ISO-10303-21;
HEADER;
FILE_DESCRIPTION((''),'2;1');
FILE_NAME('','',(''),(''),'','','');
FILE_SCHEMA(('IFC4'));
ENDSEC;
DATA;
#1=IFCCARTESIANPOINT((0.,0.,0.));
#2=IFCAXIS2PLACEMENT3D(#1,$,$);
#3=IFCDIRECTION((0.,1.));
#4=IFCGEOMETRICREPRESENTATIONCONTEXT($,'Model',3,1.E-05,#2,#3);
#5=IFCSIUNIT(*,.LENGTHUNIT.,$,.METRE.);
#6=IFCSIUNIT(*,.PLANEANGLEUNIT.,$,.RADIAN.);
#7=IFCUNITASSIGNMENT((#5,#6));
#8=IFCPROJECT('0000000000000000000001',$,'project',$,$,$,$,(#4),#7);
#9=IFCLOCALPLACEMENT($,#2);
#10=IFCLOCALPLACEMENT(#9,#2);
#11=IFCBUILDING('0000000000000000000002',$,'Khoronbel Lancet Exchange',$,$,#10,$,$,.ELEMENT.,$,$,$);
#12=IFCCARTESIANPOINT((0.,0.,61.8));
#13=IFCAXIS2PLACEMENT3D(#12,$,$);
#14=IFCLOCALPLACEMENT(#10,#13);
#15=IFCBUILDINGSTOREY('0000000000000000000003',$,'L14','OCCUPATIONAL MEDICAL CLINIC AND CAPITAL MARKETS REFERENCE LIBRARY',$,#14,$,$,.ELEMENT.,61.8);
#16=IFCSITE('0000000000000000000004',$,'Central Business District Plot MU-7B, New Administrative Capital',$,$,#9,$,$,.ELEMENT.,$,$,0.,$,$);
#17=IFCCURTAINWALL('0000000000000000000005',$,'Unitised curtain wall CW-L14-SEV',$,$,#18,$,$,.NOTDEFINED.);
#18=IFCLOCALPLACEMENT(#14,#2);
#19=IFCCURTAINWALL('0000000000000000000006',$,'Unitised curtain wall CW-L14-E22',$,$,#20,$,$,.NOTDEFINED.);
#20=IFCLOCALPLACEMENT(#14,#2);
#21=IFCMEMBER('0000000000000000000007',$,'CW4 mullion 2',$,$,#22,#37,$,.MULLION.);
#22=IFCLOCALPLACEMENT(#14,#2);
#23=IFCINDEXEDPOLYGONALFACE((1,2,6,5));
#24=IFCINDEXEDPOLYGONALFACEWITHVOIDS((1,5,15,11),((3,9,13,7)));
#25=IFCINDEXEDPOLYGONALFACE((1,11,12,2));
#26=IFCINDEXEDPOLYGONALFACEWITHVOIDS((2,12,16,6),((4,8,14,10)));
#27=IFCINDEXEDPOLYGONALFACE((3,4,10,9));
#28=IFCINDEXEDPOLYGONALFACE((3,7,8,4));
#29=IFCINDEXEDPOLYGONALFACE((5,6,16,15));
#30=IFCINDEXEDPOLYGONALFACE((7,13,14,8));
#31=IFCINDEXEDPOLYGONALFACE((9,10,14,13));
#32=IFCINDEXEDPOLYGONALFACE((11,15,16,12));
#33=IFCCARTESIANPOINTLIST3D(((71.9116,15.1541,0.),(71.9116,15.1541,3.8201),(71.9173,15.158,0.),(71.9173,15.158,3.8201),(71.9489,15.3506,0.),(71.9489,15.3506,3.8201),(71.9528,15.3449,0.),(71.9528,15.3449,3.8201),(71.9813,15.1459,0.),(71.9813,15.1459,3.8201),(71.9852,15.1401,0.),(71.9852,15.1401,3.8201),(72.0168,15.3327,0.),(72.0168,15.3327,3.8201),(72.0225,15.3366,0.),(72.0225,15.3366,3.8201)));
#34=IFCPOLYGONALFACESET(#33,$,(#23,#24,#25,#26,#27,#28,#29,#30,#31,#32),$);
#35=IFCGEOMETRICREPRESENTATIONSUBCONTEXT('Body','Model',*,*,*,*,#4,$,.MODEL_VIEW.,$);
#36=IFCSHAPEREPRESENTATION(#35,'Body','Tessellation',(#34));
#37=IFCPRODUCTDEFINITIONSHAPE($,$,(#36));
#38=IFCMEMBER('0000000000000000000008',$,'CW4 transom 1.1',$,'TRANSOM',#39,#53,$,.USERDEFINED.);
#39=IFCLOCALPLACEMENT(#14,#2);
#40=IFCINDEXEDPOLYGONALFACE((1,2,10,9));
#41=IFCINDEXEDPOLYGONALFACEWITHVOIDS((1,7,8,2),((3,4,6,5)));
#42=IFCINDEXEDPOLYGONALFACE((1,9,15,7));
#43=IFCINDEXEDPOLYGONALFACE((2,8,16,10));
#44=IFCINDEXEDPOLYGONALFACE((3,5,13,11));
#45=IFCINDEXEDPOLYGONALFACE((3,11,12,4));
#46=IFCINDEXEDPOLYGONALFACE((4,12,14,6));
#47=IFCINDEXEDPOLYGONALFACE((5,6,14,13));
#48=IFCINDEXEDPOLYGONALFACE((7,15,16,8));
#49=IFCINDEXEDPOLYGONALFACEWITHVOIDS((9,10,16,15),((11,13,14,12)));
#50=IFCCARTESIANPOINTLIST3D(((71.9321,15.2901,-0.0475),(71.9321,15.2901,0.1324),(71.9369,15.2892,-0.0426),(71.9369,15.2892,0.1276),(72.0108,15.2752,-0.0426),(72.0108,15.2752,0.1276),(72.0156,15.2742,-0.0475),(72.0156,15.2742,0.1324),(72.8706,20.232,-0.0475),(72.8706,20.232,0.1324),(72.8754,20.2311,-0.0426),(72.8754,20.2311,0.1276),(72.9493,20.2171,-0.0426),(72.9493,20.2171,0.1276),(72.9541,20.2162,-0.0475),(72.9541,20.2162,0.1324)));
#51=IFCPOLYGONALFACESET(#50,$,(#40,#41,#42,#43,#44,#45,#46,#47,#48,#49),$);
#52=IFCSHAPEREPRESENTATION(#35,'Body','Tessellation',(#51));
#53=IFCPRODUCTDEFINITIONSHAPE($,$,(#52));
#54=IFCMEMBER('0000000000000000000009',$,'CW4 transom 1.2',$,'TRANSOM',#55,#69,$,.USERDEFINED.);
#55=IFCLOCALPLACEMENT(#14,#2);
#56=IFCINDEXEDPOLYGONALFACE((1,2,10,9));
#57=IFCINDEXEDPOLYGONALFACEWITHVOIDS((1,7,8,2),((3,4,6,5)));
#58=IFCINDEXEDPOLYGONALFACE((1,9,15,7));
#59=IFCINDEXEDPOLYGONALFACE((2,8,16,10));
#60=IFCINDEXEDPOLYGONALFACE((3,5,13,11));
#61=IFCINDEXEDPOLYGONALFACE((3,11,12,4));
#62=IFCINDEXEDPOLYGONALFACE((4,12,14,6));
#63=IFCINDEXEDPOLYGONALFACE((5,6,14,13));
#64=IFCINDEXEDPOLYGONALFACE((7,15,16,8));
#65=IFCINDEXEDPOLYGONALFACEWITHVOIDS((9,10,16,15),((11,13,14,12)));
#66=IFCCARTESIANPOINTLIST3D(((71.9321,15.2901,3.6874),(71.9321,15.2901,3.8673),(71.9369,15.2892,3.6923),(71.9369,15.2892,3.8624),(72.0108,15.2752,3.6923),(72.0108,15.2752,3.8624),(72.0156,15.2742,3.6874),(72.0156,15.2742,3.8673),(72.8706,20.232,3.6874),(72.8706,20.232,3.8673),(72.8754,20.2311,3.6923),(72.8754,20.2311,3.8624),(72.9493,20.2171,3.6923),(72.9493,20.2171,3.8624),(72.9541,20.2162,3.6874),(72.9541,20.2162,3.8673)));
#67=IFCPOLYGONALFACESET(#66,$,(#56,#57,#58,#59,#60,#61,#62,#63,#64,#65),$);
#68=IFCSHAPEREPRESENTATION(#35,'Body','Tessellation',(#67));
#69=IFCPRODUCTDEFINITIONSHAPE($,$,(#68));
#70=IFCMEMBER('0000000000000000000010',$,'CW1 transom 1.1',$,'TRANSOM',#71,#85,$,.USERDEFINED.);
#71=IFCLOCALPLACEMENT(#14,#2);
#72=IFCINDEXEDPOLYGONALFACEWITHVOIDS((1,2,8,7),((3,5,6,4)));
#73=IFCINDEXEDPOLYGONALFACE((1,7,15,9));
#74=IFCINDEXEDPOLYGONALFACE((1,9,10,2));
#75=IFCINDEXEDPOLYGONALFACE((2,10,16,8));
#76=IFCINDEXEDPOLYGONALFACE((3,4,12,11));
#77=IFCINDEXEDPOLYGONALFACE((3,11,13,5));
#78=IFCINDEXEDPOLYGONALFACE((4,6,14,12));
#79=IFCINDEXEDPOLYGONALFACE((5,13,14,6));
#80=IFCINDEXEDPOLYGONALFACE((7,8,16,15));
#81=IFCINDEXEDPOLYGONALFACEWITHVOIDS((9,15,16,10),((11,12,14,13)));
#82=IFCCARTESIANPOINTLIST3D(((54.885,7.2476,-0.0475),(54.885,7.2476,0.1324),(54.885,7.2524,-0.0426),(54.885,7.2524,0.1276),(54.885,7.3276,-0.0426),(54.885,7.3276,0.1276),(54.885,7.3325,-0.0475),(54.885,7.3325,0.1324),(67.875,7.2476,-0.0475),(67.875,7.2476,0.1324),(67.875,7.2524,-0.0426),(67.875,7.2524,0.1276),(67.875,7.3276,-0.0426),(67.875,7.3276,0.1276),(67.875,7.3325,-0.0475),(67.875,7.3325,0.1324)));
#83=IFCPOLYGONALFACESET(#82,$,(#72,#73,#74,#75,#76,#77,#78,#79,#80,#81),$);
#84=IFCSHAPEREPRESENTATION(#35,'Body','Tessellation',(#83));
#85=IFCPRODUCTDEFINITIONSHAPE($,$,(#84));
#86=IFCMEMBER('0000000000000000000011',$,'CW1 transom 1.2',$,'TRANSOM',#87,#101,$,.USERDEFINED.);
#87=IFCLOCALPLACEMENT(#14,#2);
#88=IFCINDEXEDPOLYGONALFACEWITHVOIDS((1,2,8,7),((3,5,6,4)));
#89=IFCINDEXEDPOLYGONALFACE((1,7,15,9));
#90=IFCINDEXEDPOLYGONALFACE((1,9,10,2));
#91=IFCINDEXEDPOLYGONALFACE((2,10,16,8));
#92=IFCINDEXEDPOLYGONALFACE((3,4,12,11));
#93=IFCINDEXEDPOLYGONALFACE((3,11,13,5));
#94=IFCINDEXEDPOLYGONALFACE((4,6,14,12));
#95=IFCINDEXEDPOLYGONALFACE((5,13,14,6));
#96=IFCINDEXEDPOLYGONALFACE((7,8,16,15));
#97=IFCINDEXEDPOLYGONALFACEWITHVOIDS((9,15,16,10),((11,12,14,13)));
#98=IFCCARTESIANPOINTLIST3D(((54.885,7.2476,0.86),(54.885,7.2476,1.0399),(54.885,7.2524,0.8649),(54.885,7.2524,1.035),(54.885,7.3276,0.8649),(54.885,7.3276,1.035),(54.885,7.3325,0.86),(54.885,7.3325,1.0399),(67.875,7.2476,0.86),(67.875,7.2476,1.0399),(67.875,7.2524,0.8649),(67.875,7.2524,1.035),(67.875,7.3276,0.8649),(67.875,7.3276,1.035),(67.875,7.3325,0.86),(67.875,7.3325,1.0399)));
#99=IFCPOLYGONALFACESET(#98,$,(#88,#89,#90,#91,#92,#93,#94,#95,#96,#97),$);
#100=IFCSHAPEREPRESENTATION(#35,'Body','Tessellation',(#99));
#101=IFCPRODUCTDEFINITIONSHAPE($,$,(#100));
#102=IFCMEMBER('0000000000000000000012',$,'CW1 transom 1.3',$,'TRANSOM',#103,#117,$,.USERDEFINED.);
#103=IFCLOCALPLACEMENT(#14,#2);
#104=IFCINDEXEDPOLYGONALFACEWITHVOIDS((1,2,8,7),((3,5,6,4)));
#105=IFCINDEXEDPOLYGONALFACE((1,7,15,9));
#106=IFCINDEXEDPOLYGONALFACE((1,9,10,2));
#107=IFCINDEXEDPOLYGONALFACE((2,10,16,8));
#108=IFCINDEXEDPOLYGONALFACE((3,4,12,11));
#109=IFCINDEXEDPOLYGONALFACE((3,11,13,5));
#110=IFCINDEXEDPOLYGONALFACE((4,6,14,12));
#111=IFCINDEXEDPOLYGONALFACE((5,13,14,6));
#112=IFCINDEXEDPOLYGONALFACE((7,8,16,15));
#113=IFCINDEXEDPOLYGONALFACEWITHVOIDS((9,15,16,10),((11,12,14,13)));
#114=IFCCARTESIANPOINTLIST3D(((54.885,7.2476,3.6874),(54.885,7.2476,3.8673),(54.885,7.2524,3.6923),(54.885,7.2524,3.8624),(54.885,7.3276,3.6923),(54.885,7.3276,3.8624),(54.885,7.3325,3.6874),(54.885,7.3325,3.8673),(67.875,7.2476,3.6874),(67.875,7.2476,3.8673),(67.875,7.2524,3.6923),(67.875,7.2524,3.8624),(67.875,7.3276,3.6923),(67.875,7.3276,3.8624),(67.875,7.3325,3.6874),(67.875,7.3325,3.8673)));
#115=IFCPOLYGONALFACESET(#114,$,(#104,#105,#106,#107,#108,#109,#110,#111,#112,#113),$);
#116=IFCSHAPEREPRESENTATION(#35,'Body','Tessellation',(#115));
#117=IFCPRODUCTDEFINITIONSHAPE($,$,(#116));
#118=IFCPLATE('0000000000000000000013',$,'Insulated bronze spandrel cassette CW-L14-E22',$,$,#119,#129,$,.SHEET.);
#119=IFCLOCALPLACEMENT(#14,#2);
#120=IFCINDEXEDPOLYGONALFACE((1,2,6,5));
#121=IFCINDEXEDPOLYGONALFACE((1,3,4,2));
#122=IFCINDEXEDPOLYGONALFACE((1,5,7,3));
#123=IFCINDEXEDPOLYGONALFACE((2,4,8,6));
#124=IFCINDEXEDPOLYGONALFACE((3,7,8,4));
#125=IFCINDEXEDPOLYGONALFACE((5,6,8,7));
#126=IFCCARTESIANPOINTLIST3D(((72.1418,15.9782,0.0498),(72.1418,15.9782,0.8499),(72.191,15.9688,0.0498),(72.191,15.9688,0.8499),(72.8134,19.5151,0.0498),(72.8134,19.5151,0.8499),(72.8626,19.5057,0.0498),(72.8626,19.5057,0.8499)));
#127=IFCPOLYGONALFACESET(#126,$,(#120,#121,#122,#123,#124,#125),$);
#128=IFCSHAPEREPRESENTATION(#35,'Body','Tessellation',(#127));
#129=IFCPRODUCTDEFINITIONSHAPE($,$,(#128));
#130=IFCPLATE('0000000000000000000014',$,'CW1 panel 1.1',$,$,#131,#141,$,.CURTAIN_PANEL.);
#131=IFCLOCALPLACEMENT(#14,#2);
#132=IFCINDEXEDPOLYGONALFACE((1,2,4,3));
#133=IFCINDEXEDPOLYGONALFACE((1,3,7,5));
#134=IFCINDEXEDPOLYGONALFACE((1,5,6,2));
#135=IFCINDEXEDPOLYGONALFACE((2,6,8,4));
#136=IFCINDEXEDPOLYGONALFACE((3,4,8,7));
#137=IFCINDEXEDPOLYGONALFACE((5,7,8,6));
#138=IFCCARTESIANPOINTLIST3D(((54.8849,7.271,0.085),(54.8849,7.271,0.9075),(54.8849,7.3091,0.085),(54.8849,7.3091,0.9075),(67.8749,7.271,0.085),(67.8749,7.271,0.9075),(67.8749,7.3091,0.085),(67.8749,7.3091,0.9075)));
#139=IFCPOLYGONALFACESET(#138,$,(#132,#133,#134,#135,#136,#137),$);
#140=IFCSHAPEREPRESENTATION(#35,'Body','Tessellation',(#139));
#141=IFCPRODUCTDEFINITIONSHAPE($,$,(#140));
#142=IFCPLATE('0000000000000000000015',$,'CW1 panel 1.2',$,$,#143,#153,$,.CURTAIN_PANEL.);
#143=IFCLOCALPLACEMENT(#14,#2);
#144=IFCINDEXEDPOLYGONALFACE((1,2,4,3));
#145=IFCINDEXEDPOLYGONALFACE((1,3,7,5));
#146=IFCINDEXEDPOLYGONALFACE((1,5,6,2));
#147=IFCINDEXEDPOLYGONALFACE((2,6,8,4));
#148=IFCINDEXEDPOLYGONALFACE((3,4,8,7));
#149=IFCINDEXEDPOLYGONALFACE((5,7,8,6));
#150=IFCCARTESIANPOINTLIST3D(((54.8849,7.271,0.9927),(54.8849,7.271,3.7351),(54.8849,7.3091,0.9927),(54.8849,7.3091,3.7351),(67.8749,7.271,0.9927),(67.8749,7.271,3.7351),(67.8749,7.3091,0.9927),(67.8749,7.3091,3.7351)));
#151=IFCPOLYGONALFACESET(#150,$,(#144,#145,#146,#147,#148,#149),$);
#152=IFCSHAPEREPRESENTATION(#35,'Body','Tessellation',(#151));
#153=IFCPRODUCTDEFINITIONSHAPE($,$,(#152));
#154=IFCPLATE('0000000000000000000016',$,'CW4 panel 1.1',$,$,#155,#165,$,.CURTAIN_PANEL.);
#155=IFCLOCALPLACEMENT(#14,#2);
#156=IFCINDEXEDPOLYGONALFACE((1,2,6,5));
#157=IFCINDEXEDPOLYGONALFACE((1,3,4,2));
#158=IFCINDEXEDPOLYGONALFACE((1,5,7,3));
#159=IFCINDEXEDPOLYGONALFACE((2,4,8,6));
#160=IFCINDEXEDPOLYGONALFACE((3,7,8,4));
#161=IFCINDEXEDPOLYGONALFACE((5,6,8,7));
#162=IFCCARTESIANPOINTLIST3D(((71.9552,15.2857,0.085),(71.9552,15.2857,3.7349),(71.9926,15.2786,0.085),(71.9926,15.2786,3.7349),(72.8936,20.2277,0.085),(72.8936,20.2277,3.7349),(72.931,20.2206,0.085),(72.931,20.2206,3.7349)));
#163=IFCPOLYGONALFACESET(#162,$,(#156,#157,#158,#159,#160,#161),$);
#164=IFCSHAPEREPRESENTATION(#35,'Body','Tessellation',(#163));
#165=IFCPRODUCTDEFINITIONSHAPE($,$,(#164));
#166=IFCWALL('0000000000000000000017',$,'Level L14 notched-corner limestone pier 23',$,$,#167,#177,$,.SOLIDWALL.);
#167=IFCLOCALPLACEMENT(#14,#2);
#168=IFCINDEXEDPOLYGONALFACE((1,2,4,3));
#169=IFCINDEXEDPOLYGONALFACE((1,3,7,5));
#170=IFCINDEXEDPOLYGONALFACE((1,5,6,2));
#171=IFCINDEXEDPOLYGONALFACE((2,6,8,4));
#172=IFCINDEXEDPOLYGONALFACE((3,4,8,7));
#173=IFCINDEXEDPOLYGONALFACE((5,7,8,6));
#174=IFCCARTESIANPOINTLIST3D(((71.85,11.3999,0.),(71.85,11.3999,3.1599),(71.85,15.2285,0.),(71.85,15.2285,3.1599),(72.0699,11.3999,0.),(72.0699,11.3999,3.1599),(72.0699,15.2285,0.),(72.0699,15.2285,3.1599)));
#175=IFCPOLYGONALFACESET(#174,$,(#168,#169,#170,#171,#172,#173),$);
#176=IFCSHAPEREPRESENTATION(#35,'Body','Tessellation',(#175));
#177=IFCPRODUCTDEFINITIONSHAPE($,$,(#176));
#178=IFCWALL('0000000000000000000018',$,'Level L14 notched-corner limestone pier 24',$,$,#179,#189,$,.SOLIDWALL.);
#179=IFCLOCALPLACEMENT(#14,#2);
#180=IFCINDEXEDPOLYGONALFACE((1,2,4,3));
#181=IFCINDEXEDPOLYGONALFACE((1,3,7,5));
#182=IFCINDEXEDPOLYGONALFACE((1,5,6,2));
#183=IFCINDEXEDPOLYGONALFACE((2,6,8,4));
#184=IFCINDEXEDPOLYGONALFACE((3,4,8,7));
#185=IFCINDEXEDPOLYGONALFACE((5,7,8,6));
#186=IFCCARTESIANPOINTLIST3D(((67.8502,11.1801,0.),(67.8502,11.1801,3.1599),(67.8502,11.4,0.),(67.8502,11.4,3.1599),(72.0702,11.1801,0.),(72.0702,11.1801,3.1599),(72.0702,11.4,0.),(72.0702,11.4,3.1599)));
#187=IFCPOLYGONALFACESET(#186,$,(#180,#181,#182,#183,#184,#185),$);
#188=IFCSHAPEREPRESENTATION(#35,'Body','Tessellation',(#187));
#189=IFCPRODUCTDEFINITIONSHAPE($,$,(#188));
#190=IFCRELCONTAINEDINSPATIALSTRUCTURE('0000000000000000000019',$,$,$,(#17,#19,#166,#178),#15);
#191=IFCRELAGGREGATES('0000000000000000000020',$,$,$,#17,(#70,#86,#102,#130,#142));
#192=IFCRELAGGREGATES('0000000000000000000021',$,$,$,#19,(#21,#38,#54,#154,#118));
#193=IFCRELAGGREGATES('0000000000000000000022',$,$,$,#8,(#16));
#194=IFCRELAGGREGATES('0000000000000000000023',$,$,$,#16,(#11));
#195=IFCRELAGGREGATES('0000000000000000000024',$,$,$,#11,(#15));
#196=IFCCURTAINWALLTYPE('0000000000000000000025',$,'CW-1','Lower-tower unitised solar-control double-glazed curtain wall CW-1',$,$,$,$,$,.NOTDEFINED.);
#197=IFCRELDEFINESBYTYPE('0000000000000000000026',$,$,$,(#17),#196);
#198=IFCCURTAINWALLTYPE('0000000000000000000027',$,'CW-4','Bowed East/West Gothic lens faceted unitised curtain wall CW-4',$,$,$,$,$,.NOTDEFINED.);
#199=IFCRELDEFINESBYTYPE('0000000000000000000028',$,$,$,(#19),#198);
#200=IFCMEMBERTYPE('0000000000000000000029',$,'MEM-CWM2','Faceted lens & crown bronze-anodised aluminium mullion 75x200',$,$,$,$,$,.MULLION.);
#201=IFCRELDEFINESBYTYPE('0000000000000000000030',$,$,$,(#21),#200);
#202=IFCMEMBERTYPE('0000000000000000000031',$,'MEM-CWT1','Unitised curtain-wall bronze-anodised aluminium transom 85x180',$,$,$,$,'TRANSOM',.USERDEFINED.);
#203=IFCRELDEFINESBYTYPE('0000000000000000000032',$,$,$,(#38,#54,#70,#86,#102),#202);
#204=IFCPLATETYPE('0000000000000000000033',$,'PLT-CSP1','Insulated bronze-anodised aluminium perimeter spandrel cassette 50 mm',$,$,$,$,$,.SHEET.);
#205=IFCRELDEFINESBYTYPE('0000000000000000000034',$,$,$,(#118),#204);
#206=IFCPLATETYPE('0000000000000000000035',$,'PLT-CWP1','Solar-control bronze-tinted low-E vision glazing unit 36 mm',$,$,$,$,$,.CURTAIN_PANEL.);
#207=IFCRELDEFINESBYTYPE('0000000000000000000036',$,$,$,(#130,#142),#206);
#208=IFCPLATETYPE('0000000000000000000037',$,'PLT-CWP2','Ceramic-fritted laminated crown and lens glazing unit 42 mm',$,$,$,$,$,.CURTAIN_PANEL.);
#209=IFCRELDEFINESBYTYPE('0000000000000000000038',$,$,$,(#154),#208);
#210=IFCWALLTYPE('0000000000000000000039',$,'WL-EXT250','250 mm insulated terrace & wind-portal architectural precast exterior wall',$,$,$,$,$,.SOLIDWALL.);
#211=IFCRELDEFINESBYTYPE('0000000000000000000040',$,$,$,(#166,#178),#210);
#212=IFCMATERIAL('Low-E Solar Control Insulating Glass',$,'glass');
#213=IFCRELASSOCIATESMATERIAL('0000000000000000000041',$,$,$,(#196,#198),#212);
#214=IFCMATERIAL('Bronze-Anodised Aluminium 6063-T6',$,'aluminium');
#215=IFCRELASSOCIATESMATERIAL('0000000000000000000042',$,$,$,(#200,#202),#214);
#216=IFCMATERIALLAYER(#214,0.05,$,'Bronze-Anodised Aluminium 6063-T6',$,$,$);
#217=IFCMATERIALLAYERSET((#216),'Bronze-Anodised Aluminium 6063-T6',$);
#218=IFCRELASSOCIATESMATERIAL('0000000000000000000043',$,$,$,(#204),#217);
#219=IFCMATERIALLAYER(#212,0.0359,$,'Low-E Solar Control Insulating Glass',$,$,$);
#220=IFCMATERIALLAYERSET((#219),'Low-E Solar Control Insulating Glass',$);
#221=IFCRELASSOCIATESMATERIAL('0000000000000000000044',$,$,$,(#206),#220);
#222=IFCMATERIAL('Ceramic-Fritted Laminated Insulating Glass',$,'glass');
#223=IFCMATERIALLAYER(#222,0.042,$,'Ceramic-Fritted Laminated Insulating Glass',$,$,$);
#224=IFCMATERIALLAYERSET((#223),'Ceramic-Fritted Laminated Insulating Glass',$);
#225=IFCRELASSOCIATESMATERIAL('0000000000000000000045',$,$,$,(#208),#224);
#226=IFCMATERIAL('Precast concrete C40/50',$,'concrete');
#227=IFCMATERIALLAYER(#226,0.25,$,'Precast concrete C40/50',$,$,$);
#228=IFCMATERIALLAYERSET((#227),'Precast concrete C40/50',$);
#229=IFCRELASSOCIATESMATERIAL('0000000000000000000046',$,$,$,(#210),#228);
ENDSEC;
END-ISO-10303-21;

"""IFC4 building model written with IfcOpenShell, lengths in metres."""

from ifc_helpers import new_model, si_unit, direction, frame, frame_2d, origin, origin_2d, place, context, subcontext, project, spatial, rectangle, hollow_rectangle, extrude, material, layer, layer_set, material_profile, profile_set, type_object, element, aggregate, save


model = new_model("IFC4")

# Units and contexts
model_context = context("Model", 3, precision=1e-05, world=origin(), true_north=direction((0.0, 1.0)))
body_context = subcontext(model_context, "Body", "Model", "MODEL_VIEW")
ifc_project = project(units=[si_unit("LENGTHUNIT", "METRE"), si_unit("PLANEANGLEUNIT", "RADIAN")], contexts=[model_context])

# Site, building, storey
site_placement = place(None, origin())
site = spatial("IfcSite", under=ifc_project, at=site_placement, Name="Central Business District Plot MU-7B, New Administrative Capital", CompositionType="ELEMENT", RefElevation=0.0)
building_placement = place(site_placement, origin())
building = spatial("IfcBuilding", under=site, at=building_placement, Name="Khoronbel Lancet Exchange", CompositionType="ELEMENT")
storey_placement = place(building_placement, frame((0.0, 0.0, 61.8)))
storey = spatial("IfcBuildingStorey", under=building, at=storey_placement, Name="L14", Description="OCCUPATIONAL MEDICAL CLINIC AND CAPITAL MARKETS REFERENCE LIBRARY", CompositionType="ELEMENT", Elevation=61.8)

# Shared definitions
ifc_material_1 = material(Name="Low-E Solar Control Insulating Glass", Category="glass")
curtain_wall_type_1 = type_object("IfcCurtainWallType", Name="CW-1", Description="Lower-tower unitised solar-control double-glazed curtain wall CW-1", PredefinedType="NOTDEFINED", material=ifc_material_1)
ifc_material_2 = material(Name="Bronze-Anodised Aluminium 6063-T6", Category="aluminium")

# Curtain wall
curtain_wall_1_placement = place(storey_placement, origin())
curtain_wall_1 = element("IfcCurtainWall", 1, at=curtain_wall_1_placement, inside=storey, type_object=curtain_wall_type_1, Name="Unitised curtain wall CW-L14-SEV", PredefinedType="NOTDEFINED")

# Shared definitions
curtain_wall_type_2 = type_object("IfcCurtainWallType", Name="CW-4", Description="Bowed East/West Gothic lens faceted unitised curtain wall CW-4", PredefinedType="NOTDEFINED", material=ifc_material_1)
ifc_material_profile_1 = material_profile(ifc_material_2, hollow_rectangle(XDim=0.075, YDim=0.2, WallThickness=0.0049, at=origin_2d()), Name="ALU MULLION 75x200")
ifc_profile_set_1 = profile_set([ifc_material_profile_1], Name="Bronze-Anodised Aluminium 6063-T6")
member_type_1 = type_object("IfcMemberType", Name="MEM-CWM2", Description="Faceted lens & crown bronze-anodised aluminium mullion 75x200", PredefinedType="MULLION", material=ifc_profile_set_1)

# Curtain wall, members
curtain_wall_2_placement = place(storey_placement, origin())
curtain_wall_2 = element("IfcCurtainWall", 2, at=curtain_wall_2_placement, inside=storey, type_object=curtain_wall_type_2, Name="Unitised curtain wall CW-L14-E22", PredefinedType="NOTDEFINED")
member_1_placement = place(storey_placement, frame((71.967, 15.2454, 0.0), z_axis=(0.0, 0.0, 1.0), x_axis=(0.982445, -0.186551, 0.0)))
member_1 = element("IfcMember", 3, at=member_1_placement, type_object=member_type_1, Name="CW4 mullion 2", PredefinedType="MULLION", context=body_context, shape_type="SweptSolid", body=[
    extrude(hollow_rectangle(XDim=0.075, YDim=0.2, WallThickness=0.0049, at=origin_2d()), origin(), (0.0, 0.0, 1.0), 3.8201),
])
ifc_material_profile_2 = material_profile(ifc_material_2, hollow_rectangle(XDim=0.085, YDim=0.1799, WallThickness=0.0049, at=origin_2d()), Name="ALU TRANSOM 85x180")
ifc_profile_set_2 = profile_set([ifc_material_profile_2], Name="Bronze-Anodised Aluminium 6063-T6")
member_type_2 = type_object("IfcMemberType", Name="MEM-CWT1", Description="Unitised curtain-wall bronze-anodised aluminium transom 85x180", ElementType="TRANSOM", PredefinedType="USERDEFINED", material=ifc_profile_set_2)
member_2_placement = place(storey_placement, frame((72.9124, 20.2241, 0.0425), z_axis=(-0.186568, -0.982442, 0.0), x_axis=(0.982442, -0.186568, 0.0)))
member_2 = element("IfcMember", 4, at=member_2_placement, type_object=member_type_2, Name="CW4 transom 1.1", ObjectType="TRANSOM", PredefinedType="USERDEFINED", context=body_context, shape_type="SweptSolid", body=[
    extrude(hollow_rectangle(XDim=0.085, YDim=0.1799, WallThickness=0.0049, at=origin_2d()), origin(), (0.0, 0.0, 1.0), 5.0303),
])
member_3_placement = place(storey_placement, frame((72.9124, 20.2241, 3.7773), z_axis=(-0.186568, -0.982442, 0.0), x_axis=(0.982442, -0.186568, 0.0)))
member_3 = element("IfcMember", 5, at=member_3_placement, type_object=member_type_2, Name="CW4 transom 1.2", ObjectType="TRANSOM", PredefinedType="USERDEFINED", context=body_context, shape_type="SweptSolid", body=[
    extrude(hollow_rectangle(XDim=0.085, YDim=0.1799, WallThickness=0.0049, at=origin_2d()), origin(), (0.0, 0.0, 1.0), 5.0303),
])

# Members
member_4_placement = place(storey_placement, frame((54.885, 7.29, 0.0425), z_axis=(1.0, 0.0, 0.0), x_axis=(0.0, 1.0, 0.0)))
member_4 = element("IfcMember", 6, at=member_4_placement, type_object=member_type_2, Name="CW1 transom 1.1", ObjectType="TRANSOM", PredefinedType="USERDEFINED", context=body_context, shape_type="SweptSolid", body=[
    extrude(hollow_rectangle(XDim=0.085, YDim=0.1799, WallThickness=0.0049, at=origin_2d()), origin(), (0.0, 0.0, 1.0), 12.99),
])
member_5_placement = place(storey_placement, frame((54.885, 7.29, 0.95), z_axis=(1.0, 0.0, 0.0), x_axis=(0.0, 1.0, 0.0)))
member_5 = element("IfcMember", 7, at=member_5_placement, type_object=member_type_2, Name="CW1 transom 1.2", ObjectType="TRANSOM", PredefinedType="USERDEFINED", context=body_context, shape_type="SweptSolid", body=[
    extrude(hollow_rectangle(XDim=0.085, YDim=0.1799, WallThickness=0.0049, at=origin_2d()), origin(), (0.0, 0.0, 1.0), 12.99),
])
member_6_placement = place(storey_placement, frame((54.885, 7.29, 3.7773), z_axis=(1.0, 0.0, 0.0), x_axis=(0.0, 1.0, 0.0)))
member_6 = element("IfcMember", 8, at=member_6_placement, type_object=member_type_2, Name="CW1 transom 1.3", ObjectType="TRANSOM", PredefinedType="USERDEFINED", context=body_context, shape_type="SweptSolid", body=[
    extrude(hollow_rectangle(XDim=0.085, YDim=0.1799, WallThickness=0.0049, at=origin_2d()), origin(), (0.0, 0.0, 1.0), 12.99),
])

# Plates
ifc_layer_1 = layer(ifc_material_2, 0.05, Name="Bronze-Anodised Aluminium 6063-T6")
ifc_layer_set_1 = layer_set([ifc_layer_1], Name="Bronze-Anodised Aluminium 6063-T6")
plate_type_1 = type_object("IfcPlateType", Name="PLT-CSP1", Description="Insulated bronze-anodised aluminium perimeter spandrel cassette 50 mm", PredefinedType="SHEET", material=ifc_layer_set_1)
plate_1_placement = place(storey_placement, frame((72.5022, 17.7419, 0.0498), z_axis=(0.0, 0.0, 1.0), x_axis=(-0.186551, -0.982445, 0.0)))
plate_1 = element("IfcPlate", 9, at=plate_1_placement, type_object=plate_type_1, Name="Insulated bronze spandrel cassette CW-L14-E22", PredefinedType="SHEET", context=body_context, shape_type="SweptSolid", body=[
    extrude(rectangle(XDim=3.6001, YDim=0.05, at=origin_2d()), origin(), (0.0, 0.0, 1.0), 0.8),
])
ifc_layer_2 = layer(ifc_material_1, 0.0359, Name="Low-E Solar Control Insulating Glass")
ifc_layer_set_2 = layer_set([ifc_layer_2], Name="Low-E Solar Control Insulating Glass")
plate_type_2 = type_object("IfcPlateType", Name="PLT-CWP1", Description="Solar-control bronze-tinted low-E vision glazing unit 36 mm", PredefinedType="CURTAIN_PANEL", material=ifc_layer_set_2)
plate_2_placement = place(storey_placement, frame((61.3799, 7.29, 0.085), z_axis=(0.0, 0.0, 1.0), x_axis=(1.0, 0.0, 0.0)))
plate_2 = element("IfcPlate", 10, at=plate_2_placement, type_object=plate_type_2, Name="CW1 panel 1.1", PredefinedType="CURTAIN_PANEL", context=body_context, shape_type="SweptSolid", body=[
    extrude(rectangle(XDim=12.99, YDim=0.0381, at=origin_2d()), origin(), (0.0, 0.0, 1.0), 0.8225),
])
plate_3_placement = place(storey_placement, frame((61.3799, 7.29, 0.9927), z_axis=(0.0, 0.0, 1.0), x_axis=(1.0, 0.0, 0.0)))
plate_3 = element("IfcPlate", 11, at=plate_3_placement, type_object=plate_type_2, Name="CW1 panel 1.2", PredefinedType="CURTAIN_PANEL", context=body_context, shape_type="SweptSolid", body=[
    extrude(rectangle(XDim=12.99, YDim=0.0381, at=origin_2d()), origin(), (0.0, 0.0, 1.0), 2.7424),
])
aggregate(curtain_wall_1, [member_4, member_5, member_6, plate_2, plate_3])
ifc_material_3 = material(Name="Ceramic-Fritted Laminated Insulating Glass", Category="glass")
ifc_layer_3 = layer(ifc_material_3, 0.042, Name="Ceramic-Fritted Laminated Insulating Glass")
ifc_layer_set_3 = layer_set([ifc_layer_3], Name="Ceramic-Fritted Laminated Insulating Glass")
plate_type_3 = type_object("IfcPlateType", Name="PLT-CWP2", Description="Ceramic-fritted laminated crown and lens glazing unit 42 mm", PredefinedType="CURTAIN_PANEL", material=ifc_layer_set_3)
plate_4_placement = place(storey_placement, frame((72.4431, 17.7532, 0.085), z_axis=(0.0, 0.0, 1.0), x_axis=(-0.186551, -0.982445, 0.0)))
plate_4 = element("IfcPlate", 12, at=plate_4_placement, type_object=plate_type_3, Name="CW4 panel 1.1", PredefinedType="CURTAIN_PANEL", context=body_context, shape_type="SweptSolid", body=[
    extrude(rectangle(XDim=5.0303, YDim=0.0381, at=origin_2d()), origin(), (0.0, 0.0, 1.0), 3.6499),
])
aggregate(curtain_wall_2, [member_1, member_2, member_3, plate_4, plate_1])

# Walls
ifc_material_4 = material(Name="Precast concrete C40/50", Category="concrete")
ifc_layer_4 = layer(ifc_material_4, 0.25, Name="Precast concrete C40/50")
ifc_layer_set_4 = layer_set([ifc_layer_4], Name="Precast concrete C40/50")
wall_type_1 = type_object("IfcWallType", Name="WL-EXT250", Description="250 mm insulated terrace & wind-portal architectural precast exterior wall", PredefinedType="SOLIDWALL", material=ifc_layer_set_4)
wall_1_placement = place(storey_placement, frame((71.96, 15.2285, 0.0), z_axis=(0.0, 0.0, 1.0), x_axis=(0.0, -1.0, 0.0)))
element("IfcWall", 13, at=wall_1_placement, inside=storey, type_object=wall_type_1, Name="Level L14 notched-corner limestone pier 23", PredefinedType="SOLIDWALL", context=body_context, shape_type="SweptSolid", body=[
    extrude(rectangle(XDim=3.8286, YDim=0.22, at=frame_2d((1.9143, 0.0))), origin(), (0.0, 0.0, 1.0), 3.1599),
])
wall_2_placement = place(storey_placement, frame((72.0701, 11.29, 0.0), z_axis=(0.0, 0.0, 1.0), x_axis=(-1.0, 0.0, 0.0)))
element("IfcWall", 14, at=wall_2_placement, inside=storey, type_object=wall_type_1, Name="Level L14 notched-corner limestone pier 24", PredefinedType="SOLIDWALL", context=body_context, shape_type="SweptSolid", body=[
    extrude(rectangle(XDim=4.22, YDim=0.22, at=frame_2d((2.1099, 0.0))), origin(), (0.0, 0.0, 1.0), 3.1599),
])

save(model, "model.ifc")
